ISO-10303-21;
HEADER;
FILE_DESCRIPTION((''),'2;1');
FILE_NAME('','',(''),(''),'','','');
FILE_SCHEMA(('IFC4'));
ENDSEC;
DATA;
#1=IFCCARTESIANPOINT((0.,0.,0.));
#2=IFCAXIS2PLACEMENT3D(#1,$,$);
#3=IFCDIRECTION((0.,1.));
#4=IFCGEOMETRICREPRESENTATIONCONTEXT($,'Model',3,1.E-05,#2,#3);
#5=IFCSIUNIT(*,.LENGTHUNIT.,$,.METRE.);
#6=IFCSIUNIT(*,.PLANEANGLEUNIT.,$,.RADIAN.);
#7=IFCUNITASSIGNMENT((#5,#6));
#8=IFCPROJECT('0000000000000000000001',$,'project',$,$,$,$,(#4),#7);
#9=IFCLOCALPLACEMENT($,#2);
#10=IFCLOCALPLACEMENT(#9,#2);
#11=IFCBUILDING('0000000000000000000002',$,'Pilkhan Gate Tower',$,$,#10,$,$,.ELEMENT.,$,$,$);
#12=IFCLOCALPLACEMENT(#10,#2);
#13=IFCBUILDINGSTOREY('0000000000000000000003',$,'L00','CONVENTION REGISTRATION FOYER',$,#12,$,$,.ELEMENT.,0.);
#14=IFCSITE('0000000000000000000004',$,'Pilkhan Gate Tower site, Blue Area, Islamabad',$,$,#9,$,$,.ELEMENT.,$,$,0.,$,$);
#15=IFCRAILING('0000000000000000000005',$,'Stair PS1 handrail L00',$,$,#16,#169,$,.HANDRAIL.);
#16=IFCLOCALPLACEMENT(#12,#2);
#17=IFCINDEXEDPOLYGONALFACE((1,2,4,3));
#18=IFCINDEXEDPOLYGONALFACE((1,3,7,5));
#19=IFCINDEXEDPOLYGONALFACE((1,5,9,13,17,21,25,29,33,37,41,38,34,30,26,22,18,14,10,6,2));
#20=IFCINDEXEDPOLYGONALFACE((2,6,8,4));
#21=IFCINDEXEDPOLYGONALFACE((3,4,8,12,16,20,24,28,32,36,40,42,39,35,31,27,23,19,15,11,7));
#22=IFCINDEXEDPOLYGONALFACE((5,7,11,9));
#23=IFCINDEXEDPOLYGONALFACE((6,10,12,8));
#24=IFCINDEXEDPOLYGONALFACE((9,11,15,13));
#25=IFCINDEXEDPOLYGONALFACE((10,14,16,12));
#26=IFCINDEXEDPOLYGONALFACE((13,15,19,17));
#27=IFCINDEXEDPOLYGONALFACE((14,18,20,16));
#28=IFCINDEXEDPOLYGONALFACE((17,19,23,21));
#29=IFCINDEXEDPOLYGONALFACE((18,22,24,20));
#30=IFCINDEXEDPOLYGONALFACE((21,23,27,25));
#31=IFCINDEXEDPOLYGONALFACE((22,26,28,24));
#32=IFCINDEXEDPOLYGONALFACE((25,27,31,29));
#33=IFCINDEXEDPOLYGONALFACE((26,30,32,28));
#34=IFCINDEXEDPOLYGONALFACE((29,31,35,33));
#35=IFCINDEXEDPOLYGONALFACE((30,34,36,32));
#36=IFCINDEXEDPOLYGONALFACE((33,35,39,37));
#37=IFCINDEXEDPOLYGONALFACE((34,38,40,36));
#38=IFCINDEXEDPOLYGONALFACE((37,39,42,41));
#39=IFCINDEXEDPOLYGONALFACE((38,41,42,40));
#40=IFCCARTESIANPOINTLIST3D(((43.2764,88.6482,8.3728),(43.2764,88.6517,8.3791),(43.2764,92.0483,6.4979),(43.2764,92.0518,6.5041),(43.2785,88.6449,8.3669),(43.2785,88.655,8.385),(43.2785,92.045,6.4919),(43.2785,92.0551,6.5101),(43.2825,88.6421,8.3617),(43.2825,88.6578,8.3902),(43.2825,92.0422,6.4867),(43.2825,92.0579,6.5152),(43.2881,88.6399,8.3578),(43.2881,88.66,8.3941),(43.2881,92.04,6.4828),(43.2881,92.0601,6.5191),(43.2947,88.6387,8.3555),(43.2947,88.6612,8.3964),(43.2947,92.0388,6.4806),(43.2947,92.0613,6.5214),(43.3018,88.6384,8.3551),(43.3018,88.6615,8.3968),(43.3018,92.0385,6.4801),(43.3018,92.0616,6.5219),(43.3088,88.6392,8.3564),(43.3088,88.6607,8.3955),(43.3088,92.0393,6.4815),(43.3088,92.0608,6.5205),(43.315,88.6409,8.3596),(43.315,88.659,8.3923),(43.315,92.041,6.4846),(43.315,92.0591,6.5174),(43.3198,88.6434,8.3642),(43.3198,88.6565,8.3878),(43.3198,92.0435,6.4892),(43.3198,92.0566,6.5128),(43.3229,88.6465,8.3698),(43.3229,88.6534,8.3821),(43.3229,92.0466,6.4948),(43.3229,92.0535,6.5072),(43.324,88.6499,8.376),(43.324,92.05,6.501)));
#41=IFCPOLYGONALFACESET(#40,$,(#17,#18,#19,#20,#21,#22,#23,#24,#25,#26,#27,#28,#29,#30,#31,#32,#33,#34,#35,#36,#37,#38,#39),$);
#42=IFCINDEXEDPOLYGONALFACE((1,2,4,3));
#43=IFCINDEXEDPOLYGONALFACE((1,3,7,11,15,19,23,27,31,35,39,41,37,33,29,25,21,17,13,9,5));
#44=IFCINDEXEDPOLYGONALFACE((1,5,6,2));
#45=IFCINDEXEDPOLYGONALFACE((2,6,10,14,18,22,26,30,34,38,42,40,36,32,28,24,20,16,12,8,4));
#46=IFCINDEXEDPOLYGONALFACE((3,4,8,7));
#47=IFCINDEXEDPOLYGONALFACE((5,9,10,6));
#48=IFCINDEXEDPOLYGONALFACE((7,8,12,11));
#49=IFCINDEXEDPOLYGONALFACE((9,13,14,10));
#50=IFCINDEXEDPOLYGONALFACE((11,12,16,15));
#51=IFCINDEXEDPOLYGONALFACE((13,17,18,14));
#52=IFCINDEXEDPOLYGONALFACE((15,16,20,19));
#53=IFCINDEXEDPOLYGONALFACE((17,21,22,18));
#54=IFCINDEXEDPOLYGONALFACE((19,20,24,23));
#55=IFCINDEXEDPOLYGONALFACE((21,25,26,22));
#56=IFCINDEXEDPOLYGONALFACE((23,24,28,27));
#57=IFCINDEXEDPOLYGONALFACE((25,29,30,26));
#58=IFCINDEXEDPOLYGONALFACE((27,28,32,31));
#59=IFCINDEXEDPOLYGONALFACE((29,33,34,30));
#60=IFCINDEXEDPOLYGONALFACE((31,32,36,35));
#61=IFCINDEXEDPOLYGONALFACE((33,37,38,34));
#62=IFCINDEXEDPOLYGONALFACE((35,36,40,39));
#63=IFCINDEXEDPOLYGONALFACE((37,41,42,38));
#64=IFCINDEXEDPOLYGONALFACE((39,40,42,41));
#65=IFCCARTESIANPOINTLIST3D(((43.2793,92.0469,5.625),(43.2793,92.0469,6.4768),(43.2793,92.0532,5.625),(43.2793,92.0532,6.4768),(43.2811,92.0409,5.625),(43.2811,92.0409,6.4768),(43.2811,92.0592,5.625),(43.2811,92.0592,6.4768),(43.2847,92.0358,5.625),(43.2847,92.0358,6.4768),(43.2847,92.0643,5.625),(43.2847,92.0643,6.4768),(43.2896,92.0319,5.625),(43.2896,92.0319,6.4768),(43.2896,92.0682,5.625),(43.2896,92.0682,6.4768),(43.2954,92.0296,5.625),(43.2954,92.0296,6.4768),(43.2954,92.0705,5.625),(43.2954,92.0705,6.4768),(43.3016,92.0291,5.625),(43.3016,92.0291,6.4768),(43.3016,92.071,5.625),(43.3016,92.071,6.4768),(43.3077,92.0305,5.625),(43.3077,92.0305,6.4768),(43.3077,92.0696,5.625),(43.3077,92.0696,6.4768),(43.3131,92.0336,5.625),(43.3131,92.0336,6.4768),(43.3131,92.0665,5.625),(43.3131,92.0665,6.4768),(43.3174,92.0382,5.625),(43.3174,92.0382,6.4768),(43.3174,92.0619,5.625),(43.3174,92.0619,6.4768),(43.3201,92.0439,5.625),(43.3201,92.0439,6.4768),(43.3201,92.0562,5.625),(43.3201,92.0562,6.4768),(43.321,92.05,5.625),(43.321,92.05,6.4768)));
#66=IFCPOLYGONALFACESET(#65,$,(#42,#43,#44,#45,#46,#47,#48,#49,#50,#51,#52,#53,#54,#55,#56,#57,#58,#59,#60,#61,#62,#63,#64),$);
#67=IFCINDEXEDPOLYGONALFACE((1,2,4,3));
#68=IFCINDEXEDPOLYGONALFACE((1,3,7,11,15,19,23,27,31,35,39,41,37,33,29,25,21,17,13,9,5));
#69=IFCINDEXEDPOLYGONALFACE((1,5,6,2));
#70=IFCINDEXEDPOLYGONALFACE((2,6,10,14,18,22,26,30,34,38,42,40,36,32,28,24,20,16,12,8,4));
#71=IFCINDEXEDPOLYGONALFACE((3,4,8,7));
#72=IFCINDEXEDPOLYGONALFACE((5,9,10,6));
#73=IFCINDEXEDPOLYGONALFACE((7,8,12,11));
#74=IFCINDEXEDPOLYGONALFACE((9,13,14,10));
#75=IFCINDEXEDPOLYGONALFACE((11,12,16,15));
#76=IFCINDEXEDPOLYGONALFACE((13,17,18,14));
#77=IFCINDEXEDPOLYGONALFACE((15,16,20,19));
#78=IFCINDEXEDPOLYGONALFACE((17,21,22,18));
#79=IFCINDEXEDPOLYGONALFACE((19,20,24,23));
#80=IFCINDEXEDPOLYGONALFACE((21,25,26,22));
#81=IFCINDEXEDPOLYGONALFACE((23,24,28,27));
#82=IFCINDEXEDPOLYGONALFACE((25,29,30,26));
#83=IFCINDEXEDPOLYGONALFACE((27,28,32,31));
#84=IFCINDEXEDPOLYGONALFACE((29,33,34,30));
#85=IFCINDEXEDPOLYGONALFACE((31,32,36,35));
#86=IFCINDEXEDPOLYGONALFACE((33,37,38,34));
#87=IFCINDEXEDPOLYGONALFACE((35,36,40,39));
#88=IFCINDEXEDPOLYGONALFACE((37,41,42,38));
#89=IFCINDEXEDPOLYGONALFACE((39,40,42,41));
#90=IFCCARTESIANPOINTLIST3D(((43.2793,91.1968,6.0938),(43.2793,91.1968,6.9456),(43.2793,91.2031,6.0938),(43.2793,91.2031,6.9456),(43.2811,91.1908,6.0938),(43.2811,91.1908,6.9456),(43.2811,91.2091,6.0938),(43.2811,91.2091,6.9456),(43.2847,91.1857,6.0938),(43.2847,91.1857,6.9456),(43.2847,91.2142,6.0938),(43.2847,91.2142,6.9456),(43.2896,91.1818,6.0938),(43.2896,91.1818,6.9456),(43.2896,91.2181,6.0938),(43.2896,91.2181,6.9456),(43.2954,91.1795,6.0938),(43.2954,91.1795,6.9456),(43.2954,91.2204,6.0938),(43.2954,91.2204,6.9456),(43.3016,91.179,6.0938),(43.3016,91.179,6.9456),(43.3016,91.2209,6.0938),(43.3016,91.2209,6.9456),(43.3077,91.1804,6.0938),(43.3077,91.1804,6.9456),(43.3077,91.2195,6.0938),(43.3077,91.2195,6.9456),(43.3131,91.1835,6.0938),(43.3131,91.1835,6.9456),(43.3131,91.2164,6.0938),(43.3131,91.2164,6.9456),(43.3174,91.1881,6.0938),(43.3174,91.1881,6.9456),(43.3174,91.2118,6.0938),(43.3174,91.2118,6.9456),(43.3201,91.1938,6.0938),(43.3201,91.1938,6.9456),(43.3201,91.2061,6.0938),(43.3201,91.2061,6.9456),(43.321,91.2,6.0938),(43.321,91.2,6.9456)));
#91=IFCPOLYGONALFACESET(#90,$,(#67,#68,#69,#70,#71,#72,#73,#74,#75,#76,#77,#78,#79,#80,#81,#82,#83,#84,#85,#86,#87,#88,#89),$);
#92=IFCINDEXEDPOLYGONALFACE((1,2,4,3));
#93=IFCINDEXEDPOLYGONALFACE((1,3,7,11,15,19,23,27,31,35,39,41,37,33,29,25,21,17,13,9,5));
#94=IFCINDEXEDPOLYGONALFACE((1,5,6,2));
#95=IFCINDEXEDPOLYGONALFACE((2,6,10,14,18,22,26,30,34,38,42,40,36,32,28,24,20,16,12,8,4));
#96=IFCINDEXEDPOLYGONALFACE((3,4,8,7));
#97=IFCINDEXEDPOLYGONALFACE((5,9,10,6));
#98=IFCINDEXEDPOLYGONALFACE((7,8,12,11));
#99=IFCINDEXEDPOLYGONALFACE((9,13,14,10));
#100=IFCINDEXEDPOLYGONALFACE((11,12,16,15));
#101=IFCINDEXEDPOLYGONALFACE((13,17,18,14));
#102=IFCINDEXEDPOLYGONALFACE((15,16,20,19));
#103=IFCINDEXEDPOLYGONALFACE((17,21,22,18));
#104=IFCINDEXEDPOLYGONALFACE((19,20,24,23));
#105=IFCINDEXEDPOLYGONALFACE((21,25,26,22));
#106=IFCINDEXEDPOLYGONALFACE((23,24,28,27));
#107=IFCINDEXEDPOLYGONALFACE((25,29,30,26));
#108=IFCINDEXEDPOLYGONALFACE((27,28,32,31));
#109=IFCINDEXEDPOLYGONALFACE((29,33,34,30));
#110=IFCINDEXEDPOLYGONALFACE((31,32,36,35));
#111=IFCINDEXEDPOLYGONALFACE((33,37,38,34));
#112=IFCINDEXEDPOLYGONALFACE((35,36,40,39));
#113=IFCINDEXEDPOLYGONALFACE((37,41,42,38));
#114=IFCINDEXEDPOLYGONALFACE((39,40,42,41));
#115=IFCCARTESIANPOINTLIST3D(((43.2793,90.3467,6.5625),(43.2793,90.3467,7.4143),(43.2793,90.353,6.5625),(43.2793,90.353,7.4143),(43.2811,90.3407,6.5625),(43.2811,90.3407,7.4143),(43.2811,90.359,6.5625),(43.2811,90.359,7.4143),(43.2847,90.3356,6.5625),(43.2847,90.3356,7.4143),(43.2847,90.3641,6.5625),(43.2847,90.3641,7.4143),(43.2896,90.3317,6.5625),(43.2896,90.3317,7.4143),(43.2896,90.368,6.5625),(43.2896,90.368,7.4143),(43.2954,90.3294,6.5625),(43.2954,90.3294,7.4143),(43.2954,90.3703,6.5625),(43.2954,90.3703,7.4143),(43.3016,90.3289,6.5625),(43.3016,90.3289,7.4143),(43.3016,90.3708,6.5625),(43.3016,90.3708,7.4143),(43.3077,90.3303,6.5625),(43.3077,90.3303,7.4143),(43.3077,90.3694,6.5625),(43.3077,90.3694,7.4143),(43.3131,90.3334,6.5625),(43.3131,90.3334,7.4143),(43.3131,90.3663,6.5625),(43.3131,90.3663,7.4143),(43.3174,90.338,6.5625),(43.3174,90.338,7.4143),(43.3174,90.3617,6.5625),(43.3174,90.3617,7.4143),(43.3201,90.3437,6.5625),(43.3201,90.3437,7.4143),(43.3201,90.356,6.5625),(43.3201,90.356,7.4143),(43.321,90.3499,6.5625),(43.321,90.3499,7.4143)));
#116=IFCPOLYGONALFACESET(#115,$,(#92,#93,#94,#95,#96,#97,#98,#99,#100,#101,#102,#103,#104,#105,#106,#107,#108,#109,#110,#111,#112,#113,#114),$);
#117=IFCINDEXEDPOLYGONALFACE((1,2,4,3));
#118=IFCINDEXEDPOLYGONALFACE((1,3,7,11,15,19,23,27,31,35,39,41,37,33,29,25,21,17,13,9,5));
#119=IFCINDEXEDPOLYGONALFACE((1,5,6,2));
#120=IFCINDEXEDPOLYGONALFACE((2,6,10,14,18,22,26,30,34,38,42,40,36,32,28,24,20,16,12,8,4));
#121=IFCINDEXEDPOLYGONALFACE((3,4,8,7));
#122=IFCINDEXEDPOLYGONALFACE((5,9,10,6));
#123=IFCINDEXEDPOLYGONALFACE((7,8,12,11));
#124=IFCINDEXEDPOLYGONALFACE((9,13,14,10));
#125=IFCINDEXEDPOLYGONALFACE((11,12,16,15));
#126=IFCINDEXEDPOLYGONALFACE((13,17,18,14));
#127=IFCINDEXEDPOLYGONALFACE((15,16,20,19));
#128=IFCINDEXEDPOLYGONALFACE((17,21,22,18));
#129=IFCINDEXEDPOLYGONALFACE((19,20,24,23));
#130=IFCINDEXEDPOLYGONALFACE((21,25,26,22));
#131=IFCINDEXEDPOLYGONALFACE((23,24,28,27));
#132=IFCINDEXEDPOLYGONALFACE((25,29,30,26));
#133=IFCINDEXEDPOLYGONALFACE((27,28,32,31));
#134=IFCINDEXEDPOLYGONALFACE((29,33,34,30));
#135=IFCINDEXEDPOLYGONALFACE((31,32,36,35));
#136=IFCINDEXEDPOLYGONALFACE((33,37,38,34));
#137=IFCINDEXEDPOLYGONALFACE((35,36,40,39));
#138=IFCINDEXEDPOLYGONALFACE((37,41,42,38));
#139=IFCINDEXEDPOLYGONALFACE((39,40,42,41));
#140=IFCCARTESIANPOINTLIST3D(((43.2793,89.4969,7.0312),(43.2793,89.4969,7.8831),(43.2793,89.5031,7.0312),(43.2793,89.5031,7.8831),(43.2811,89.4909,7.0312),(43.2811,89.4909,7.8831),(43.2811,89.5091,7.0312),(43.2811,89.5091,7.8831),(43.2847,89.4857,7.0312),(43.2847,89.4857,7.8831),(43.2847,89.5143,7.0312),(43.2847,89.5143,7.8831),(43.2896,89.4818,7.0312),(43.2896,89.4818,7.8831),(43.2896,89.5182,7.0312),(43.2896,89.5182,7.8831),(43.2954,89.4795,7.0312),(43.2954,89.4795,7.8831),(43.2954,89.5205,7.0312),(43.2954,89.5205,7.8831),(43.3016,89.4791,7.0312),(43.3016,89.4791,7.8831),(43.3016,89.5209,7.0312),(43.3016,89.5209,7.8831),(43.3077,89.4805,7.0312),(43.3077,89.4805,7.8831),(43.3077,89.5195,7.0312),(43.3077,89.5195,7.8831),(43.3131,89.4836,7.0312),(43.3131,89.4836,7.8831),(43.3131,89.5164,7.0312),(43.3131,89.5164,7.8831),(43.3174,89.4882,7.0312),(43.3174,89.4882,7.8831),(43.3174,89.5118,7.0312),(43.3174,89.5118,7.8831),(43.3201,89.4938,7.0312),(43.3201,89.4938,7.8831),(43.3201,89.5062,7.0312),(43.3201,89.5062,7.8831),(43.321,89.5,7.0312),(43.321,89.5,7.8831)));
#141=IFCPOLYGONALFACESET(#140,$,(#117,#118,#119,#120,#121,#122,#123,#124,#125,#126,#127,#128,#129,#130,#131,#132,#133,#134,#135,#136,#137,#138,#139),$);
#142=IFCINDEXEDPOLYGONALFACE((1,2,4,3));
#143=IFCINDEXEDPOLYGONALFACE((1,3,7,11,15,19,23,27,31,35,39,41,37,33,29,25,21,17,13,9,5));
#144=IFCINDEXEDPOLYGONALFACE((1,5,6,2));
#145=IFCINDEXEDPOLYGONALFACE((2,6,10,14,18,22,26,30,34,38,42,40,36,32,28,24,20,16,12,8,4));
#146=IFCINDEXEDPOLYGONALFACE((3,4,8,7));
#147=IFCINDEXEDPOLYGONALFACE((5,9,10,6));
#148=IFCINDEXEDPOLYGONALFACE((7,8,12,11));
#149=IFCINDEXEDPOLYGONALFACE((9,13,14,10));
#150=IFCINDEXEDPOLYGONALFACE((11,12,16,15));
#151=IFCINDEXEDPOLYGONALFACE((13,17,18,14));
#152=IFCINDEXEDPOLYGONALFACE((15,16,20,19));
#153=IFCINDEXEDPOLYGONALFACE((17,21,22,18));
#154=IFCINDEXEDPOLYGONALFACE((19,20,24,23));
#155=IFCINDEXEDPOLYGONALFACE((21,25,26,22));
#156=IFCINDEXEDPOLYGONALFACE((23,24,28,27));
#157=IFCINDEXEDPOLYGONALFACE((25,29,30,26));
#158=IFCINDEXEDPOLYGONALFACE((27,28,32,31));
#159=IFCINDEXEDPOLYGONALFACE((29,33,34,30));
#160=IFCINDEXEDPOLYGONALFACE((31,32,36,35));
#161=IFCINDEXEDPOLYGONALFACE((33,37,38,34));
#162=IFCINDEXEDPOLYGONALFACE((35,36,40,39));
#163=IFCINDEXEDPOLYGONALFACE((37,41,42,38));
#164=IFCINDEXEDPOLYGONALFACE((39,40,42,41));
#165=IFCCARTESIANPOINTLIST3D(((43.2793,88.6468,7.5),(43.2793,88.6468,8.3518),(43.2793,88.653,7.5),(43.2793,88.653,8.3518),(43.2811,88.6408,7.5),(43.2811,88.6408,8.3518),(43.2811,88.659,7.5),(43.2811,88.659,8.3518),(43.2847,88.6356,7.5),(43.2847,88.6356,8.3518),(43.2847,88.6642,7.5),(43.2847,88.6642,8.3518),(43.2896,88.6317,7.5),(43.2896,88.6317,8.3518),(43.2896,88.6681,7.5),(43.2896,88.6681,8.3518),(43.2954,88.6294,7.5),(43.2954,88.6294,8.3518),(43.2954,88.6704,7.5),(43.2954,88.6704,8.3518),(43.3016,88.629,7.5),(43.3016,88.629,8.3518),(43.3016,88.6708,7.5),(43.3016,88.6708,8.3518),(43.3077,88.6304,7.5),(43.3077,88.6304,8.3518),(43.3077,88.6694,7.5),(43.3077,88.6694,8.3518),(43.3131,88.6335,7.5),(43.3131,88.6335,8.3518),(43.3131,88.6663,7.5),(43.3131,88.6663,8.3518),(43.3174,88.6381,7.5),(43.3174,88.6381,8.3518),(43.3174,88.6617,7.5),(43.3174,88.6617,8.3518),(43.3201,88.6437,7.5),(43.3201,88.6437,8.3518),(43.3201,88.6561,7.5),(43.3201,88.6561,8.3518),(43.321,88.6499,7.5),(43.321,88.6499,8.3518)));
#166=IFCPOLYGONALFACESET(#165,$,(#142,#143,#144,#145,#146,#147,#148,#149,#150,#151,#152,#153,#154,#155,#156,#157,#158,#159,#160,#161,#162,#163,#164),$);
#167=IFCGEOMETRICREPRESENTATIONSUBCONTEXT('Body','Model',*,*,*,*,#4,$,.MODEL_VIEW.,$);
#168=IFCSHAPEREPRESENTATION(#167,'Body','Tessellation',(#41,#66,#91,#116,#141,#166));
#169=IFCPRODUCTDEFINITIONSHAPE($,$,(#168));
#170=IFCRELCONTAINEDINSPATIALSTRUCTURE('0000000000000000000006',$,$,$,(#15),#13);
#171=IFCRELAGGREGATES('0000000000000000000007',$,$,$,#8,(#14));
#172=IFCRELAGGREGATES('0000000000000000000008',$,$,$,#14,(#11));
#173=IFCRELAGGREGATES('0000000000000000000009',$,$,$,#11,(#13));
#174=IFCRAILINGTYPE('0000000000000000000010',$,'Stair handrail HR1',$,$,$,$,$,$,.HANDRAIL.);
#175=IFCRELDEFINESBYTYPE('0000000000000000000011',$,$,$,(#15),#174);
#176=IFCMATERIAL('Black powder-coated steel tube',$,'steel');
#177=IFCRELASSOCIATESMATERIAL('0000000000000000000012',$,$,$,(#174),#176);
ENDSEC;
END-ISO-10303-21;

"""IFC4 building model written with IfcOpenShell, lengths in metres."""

from ifc_helpers import new_model, si_unit, direction, frame, origin, origin_2d, place, context, subcontext, project, spatial, circle, extrude, material, type_object, element, save


model = new_model("IFC4")

# Units and contexts
model_context = context("Model", 3, precision=1e-05, world=origin(), true_north=direction((0.0, 1.0)))
body_context = subcontext(model_context, "Body", "Model", "MODEL_VIEW")
ifc_project = project(units=[si_unit("LENGTHUNIT", "METRE"), si_unit("PLANEANGLEUNIT", "RADIAN")], contexts=[model_context])

# Site, building, storey
site_placement = place(None, origin())
site = spatial("IfcSite", under=ifc_project, at=site_placement, Name="Pilkhan Gate Tower site, Blue Area, Islamabad", CompositionType="ELEMENT", RefElevation=0.0)
building_placement = place(site_placement, origin())
building = spatial("IfcBuilding", under=site, at=building_placement, Name="Pilkhan Gate Tower", CompositionType="ELEMENT")
storey_placement = place(building_placement, origin())
storey = spatial("IfcBuildingStorey", under=building, at=storey_placement, Name="L00", Description="CONVENTION REGISTRATION FOYER", CompositionType="ELEMENT", Elevation=0.0)

# Railing
ifc_material_1 = material(Name="Black powder-coated steel tube", Category="steel")
railing_type_1 = type_object("IfcRailingType", Name="Stair handrail HR1", PredefinedType="HANDRAIL", material=ifc_material_1)
for number, where, name in (
    (1, (43.3, 92.05, 5.625), "Stair PS1 handrail L00"),
):
    element("IfcRailing", number, at=place(storey_placement, frame(where)), inside=storey, type_object=railing_type_1, Name=name, PredefinedType="HANDRAIL", context=body_context, shape_type="SweptSolid", body=[
        extrude(circle(Radius=0.0239, at=origin_2d()), frame((0.0, 0.0, 0.876), z_axis=(0.0, -0.87568, 0.482891), x_axis=(1.0, 0.0, 0.0)), (0.0, 0.0, 1.0), 3.8828),
        extrude(circle(Radius=0.021, at=origin_2d()), origin(), (0.0, 0.0, 1.0), 0.8518),
        extrude(circle(Radius=0.021, at=origin_2d()), frame((0.0, -0.8501, 0.4688)), (0.0, 0.0, 1.0), 0.8518),
        extrude(circle(Radius=0.021, at=origin_2d()), frame((0.0, -1.7002, 0.9375)), (0.0, 0.0, 1.0), 0.8518),
        extrude(circle(Radius=0.021, at=origin_2d()), frame((0.0, -2.55, 1.4062)), (0.0, 0.0, 1.0), 0.8518),
        extrude(circle(Radius=0.021, at=origin_2d()), frame((0.0, -3.4001, 1.875)), (0.0, 0.0, 1.0), 0.8518),
    ])

save(model, "model.ifc")
